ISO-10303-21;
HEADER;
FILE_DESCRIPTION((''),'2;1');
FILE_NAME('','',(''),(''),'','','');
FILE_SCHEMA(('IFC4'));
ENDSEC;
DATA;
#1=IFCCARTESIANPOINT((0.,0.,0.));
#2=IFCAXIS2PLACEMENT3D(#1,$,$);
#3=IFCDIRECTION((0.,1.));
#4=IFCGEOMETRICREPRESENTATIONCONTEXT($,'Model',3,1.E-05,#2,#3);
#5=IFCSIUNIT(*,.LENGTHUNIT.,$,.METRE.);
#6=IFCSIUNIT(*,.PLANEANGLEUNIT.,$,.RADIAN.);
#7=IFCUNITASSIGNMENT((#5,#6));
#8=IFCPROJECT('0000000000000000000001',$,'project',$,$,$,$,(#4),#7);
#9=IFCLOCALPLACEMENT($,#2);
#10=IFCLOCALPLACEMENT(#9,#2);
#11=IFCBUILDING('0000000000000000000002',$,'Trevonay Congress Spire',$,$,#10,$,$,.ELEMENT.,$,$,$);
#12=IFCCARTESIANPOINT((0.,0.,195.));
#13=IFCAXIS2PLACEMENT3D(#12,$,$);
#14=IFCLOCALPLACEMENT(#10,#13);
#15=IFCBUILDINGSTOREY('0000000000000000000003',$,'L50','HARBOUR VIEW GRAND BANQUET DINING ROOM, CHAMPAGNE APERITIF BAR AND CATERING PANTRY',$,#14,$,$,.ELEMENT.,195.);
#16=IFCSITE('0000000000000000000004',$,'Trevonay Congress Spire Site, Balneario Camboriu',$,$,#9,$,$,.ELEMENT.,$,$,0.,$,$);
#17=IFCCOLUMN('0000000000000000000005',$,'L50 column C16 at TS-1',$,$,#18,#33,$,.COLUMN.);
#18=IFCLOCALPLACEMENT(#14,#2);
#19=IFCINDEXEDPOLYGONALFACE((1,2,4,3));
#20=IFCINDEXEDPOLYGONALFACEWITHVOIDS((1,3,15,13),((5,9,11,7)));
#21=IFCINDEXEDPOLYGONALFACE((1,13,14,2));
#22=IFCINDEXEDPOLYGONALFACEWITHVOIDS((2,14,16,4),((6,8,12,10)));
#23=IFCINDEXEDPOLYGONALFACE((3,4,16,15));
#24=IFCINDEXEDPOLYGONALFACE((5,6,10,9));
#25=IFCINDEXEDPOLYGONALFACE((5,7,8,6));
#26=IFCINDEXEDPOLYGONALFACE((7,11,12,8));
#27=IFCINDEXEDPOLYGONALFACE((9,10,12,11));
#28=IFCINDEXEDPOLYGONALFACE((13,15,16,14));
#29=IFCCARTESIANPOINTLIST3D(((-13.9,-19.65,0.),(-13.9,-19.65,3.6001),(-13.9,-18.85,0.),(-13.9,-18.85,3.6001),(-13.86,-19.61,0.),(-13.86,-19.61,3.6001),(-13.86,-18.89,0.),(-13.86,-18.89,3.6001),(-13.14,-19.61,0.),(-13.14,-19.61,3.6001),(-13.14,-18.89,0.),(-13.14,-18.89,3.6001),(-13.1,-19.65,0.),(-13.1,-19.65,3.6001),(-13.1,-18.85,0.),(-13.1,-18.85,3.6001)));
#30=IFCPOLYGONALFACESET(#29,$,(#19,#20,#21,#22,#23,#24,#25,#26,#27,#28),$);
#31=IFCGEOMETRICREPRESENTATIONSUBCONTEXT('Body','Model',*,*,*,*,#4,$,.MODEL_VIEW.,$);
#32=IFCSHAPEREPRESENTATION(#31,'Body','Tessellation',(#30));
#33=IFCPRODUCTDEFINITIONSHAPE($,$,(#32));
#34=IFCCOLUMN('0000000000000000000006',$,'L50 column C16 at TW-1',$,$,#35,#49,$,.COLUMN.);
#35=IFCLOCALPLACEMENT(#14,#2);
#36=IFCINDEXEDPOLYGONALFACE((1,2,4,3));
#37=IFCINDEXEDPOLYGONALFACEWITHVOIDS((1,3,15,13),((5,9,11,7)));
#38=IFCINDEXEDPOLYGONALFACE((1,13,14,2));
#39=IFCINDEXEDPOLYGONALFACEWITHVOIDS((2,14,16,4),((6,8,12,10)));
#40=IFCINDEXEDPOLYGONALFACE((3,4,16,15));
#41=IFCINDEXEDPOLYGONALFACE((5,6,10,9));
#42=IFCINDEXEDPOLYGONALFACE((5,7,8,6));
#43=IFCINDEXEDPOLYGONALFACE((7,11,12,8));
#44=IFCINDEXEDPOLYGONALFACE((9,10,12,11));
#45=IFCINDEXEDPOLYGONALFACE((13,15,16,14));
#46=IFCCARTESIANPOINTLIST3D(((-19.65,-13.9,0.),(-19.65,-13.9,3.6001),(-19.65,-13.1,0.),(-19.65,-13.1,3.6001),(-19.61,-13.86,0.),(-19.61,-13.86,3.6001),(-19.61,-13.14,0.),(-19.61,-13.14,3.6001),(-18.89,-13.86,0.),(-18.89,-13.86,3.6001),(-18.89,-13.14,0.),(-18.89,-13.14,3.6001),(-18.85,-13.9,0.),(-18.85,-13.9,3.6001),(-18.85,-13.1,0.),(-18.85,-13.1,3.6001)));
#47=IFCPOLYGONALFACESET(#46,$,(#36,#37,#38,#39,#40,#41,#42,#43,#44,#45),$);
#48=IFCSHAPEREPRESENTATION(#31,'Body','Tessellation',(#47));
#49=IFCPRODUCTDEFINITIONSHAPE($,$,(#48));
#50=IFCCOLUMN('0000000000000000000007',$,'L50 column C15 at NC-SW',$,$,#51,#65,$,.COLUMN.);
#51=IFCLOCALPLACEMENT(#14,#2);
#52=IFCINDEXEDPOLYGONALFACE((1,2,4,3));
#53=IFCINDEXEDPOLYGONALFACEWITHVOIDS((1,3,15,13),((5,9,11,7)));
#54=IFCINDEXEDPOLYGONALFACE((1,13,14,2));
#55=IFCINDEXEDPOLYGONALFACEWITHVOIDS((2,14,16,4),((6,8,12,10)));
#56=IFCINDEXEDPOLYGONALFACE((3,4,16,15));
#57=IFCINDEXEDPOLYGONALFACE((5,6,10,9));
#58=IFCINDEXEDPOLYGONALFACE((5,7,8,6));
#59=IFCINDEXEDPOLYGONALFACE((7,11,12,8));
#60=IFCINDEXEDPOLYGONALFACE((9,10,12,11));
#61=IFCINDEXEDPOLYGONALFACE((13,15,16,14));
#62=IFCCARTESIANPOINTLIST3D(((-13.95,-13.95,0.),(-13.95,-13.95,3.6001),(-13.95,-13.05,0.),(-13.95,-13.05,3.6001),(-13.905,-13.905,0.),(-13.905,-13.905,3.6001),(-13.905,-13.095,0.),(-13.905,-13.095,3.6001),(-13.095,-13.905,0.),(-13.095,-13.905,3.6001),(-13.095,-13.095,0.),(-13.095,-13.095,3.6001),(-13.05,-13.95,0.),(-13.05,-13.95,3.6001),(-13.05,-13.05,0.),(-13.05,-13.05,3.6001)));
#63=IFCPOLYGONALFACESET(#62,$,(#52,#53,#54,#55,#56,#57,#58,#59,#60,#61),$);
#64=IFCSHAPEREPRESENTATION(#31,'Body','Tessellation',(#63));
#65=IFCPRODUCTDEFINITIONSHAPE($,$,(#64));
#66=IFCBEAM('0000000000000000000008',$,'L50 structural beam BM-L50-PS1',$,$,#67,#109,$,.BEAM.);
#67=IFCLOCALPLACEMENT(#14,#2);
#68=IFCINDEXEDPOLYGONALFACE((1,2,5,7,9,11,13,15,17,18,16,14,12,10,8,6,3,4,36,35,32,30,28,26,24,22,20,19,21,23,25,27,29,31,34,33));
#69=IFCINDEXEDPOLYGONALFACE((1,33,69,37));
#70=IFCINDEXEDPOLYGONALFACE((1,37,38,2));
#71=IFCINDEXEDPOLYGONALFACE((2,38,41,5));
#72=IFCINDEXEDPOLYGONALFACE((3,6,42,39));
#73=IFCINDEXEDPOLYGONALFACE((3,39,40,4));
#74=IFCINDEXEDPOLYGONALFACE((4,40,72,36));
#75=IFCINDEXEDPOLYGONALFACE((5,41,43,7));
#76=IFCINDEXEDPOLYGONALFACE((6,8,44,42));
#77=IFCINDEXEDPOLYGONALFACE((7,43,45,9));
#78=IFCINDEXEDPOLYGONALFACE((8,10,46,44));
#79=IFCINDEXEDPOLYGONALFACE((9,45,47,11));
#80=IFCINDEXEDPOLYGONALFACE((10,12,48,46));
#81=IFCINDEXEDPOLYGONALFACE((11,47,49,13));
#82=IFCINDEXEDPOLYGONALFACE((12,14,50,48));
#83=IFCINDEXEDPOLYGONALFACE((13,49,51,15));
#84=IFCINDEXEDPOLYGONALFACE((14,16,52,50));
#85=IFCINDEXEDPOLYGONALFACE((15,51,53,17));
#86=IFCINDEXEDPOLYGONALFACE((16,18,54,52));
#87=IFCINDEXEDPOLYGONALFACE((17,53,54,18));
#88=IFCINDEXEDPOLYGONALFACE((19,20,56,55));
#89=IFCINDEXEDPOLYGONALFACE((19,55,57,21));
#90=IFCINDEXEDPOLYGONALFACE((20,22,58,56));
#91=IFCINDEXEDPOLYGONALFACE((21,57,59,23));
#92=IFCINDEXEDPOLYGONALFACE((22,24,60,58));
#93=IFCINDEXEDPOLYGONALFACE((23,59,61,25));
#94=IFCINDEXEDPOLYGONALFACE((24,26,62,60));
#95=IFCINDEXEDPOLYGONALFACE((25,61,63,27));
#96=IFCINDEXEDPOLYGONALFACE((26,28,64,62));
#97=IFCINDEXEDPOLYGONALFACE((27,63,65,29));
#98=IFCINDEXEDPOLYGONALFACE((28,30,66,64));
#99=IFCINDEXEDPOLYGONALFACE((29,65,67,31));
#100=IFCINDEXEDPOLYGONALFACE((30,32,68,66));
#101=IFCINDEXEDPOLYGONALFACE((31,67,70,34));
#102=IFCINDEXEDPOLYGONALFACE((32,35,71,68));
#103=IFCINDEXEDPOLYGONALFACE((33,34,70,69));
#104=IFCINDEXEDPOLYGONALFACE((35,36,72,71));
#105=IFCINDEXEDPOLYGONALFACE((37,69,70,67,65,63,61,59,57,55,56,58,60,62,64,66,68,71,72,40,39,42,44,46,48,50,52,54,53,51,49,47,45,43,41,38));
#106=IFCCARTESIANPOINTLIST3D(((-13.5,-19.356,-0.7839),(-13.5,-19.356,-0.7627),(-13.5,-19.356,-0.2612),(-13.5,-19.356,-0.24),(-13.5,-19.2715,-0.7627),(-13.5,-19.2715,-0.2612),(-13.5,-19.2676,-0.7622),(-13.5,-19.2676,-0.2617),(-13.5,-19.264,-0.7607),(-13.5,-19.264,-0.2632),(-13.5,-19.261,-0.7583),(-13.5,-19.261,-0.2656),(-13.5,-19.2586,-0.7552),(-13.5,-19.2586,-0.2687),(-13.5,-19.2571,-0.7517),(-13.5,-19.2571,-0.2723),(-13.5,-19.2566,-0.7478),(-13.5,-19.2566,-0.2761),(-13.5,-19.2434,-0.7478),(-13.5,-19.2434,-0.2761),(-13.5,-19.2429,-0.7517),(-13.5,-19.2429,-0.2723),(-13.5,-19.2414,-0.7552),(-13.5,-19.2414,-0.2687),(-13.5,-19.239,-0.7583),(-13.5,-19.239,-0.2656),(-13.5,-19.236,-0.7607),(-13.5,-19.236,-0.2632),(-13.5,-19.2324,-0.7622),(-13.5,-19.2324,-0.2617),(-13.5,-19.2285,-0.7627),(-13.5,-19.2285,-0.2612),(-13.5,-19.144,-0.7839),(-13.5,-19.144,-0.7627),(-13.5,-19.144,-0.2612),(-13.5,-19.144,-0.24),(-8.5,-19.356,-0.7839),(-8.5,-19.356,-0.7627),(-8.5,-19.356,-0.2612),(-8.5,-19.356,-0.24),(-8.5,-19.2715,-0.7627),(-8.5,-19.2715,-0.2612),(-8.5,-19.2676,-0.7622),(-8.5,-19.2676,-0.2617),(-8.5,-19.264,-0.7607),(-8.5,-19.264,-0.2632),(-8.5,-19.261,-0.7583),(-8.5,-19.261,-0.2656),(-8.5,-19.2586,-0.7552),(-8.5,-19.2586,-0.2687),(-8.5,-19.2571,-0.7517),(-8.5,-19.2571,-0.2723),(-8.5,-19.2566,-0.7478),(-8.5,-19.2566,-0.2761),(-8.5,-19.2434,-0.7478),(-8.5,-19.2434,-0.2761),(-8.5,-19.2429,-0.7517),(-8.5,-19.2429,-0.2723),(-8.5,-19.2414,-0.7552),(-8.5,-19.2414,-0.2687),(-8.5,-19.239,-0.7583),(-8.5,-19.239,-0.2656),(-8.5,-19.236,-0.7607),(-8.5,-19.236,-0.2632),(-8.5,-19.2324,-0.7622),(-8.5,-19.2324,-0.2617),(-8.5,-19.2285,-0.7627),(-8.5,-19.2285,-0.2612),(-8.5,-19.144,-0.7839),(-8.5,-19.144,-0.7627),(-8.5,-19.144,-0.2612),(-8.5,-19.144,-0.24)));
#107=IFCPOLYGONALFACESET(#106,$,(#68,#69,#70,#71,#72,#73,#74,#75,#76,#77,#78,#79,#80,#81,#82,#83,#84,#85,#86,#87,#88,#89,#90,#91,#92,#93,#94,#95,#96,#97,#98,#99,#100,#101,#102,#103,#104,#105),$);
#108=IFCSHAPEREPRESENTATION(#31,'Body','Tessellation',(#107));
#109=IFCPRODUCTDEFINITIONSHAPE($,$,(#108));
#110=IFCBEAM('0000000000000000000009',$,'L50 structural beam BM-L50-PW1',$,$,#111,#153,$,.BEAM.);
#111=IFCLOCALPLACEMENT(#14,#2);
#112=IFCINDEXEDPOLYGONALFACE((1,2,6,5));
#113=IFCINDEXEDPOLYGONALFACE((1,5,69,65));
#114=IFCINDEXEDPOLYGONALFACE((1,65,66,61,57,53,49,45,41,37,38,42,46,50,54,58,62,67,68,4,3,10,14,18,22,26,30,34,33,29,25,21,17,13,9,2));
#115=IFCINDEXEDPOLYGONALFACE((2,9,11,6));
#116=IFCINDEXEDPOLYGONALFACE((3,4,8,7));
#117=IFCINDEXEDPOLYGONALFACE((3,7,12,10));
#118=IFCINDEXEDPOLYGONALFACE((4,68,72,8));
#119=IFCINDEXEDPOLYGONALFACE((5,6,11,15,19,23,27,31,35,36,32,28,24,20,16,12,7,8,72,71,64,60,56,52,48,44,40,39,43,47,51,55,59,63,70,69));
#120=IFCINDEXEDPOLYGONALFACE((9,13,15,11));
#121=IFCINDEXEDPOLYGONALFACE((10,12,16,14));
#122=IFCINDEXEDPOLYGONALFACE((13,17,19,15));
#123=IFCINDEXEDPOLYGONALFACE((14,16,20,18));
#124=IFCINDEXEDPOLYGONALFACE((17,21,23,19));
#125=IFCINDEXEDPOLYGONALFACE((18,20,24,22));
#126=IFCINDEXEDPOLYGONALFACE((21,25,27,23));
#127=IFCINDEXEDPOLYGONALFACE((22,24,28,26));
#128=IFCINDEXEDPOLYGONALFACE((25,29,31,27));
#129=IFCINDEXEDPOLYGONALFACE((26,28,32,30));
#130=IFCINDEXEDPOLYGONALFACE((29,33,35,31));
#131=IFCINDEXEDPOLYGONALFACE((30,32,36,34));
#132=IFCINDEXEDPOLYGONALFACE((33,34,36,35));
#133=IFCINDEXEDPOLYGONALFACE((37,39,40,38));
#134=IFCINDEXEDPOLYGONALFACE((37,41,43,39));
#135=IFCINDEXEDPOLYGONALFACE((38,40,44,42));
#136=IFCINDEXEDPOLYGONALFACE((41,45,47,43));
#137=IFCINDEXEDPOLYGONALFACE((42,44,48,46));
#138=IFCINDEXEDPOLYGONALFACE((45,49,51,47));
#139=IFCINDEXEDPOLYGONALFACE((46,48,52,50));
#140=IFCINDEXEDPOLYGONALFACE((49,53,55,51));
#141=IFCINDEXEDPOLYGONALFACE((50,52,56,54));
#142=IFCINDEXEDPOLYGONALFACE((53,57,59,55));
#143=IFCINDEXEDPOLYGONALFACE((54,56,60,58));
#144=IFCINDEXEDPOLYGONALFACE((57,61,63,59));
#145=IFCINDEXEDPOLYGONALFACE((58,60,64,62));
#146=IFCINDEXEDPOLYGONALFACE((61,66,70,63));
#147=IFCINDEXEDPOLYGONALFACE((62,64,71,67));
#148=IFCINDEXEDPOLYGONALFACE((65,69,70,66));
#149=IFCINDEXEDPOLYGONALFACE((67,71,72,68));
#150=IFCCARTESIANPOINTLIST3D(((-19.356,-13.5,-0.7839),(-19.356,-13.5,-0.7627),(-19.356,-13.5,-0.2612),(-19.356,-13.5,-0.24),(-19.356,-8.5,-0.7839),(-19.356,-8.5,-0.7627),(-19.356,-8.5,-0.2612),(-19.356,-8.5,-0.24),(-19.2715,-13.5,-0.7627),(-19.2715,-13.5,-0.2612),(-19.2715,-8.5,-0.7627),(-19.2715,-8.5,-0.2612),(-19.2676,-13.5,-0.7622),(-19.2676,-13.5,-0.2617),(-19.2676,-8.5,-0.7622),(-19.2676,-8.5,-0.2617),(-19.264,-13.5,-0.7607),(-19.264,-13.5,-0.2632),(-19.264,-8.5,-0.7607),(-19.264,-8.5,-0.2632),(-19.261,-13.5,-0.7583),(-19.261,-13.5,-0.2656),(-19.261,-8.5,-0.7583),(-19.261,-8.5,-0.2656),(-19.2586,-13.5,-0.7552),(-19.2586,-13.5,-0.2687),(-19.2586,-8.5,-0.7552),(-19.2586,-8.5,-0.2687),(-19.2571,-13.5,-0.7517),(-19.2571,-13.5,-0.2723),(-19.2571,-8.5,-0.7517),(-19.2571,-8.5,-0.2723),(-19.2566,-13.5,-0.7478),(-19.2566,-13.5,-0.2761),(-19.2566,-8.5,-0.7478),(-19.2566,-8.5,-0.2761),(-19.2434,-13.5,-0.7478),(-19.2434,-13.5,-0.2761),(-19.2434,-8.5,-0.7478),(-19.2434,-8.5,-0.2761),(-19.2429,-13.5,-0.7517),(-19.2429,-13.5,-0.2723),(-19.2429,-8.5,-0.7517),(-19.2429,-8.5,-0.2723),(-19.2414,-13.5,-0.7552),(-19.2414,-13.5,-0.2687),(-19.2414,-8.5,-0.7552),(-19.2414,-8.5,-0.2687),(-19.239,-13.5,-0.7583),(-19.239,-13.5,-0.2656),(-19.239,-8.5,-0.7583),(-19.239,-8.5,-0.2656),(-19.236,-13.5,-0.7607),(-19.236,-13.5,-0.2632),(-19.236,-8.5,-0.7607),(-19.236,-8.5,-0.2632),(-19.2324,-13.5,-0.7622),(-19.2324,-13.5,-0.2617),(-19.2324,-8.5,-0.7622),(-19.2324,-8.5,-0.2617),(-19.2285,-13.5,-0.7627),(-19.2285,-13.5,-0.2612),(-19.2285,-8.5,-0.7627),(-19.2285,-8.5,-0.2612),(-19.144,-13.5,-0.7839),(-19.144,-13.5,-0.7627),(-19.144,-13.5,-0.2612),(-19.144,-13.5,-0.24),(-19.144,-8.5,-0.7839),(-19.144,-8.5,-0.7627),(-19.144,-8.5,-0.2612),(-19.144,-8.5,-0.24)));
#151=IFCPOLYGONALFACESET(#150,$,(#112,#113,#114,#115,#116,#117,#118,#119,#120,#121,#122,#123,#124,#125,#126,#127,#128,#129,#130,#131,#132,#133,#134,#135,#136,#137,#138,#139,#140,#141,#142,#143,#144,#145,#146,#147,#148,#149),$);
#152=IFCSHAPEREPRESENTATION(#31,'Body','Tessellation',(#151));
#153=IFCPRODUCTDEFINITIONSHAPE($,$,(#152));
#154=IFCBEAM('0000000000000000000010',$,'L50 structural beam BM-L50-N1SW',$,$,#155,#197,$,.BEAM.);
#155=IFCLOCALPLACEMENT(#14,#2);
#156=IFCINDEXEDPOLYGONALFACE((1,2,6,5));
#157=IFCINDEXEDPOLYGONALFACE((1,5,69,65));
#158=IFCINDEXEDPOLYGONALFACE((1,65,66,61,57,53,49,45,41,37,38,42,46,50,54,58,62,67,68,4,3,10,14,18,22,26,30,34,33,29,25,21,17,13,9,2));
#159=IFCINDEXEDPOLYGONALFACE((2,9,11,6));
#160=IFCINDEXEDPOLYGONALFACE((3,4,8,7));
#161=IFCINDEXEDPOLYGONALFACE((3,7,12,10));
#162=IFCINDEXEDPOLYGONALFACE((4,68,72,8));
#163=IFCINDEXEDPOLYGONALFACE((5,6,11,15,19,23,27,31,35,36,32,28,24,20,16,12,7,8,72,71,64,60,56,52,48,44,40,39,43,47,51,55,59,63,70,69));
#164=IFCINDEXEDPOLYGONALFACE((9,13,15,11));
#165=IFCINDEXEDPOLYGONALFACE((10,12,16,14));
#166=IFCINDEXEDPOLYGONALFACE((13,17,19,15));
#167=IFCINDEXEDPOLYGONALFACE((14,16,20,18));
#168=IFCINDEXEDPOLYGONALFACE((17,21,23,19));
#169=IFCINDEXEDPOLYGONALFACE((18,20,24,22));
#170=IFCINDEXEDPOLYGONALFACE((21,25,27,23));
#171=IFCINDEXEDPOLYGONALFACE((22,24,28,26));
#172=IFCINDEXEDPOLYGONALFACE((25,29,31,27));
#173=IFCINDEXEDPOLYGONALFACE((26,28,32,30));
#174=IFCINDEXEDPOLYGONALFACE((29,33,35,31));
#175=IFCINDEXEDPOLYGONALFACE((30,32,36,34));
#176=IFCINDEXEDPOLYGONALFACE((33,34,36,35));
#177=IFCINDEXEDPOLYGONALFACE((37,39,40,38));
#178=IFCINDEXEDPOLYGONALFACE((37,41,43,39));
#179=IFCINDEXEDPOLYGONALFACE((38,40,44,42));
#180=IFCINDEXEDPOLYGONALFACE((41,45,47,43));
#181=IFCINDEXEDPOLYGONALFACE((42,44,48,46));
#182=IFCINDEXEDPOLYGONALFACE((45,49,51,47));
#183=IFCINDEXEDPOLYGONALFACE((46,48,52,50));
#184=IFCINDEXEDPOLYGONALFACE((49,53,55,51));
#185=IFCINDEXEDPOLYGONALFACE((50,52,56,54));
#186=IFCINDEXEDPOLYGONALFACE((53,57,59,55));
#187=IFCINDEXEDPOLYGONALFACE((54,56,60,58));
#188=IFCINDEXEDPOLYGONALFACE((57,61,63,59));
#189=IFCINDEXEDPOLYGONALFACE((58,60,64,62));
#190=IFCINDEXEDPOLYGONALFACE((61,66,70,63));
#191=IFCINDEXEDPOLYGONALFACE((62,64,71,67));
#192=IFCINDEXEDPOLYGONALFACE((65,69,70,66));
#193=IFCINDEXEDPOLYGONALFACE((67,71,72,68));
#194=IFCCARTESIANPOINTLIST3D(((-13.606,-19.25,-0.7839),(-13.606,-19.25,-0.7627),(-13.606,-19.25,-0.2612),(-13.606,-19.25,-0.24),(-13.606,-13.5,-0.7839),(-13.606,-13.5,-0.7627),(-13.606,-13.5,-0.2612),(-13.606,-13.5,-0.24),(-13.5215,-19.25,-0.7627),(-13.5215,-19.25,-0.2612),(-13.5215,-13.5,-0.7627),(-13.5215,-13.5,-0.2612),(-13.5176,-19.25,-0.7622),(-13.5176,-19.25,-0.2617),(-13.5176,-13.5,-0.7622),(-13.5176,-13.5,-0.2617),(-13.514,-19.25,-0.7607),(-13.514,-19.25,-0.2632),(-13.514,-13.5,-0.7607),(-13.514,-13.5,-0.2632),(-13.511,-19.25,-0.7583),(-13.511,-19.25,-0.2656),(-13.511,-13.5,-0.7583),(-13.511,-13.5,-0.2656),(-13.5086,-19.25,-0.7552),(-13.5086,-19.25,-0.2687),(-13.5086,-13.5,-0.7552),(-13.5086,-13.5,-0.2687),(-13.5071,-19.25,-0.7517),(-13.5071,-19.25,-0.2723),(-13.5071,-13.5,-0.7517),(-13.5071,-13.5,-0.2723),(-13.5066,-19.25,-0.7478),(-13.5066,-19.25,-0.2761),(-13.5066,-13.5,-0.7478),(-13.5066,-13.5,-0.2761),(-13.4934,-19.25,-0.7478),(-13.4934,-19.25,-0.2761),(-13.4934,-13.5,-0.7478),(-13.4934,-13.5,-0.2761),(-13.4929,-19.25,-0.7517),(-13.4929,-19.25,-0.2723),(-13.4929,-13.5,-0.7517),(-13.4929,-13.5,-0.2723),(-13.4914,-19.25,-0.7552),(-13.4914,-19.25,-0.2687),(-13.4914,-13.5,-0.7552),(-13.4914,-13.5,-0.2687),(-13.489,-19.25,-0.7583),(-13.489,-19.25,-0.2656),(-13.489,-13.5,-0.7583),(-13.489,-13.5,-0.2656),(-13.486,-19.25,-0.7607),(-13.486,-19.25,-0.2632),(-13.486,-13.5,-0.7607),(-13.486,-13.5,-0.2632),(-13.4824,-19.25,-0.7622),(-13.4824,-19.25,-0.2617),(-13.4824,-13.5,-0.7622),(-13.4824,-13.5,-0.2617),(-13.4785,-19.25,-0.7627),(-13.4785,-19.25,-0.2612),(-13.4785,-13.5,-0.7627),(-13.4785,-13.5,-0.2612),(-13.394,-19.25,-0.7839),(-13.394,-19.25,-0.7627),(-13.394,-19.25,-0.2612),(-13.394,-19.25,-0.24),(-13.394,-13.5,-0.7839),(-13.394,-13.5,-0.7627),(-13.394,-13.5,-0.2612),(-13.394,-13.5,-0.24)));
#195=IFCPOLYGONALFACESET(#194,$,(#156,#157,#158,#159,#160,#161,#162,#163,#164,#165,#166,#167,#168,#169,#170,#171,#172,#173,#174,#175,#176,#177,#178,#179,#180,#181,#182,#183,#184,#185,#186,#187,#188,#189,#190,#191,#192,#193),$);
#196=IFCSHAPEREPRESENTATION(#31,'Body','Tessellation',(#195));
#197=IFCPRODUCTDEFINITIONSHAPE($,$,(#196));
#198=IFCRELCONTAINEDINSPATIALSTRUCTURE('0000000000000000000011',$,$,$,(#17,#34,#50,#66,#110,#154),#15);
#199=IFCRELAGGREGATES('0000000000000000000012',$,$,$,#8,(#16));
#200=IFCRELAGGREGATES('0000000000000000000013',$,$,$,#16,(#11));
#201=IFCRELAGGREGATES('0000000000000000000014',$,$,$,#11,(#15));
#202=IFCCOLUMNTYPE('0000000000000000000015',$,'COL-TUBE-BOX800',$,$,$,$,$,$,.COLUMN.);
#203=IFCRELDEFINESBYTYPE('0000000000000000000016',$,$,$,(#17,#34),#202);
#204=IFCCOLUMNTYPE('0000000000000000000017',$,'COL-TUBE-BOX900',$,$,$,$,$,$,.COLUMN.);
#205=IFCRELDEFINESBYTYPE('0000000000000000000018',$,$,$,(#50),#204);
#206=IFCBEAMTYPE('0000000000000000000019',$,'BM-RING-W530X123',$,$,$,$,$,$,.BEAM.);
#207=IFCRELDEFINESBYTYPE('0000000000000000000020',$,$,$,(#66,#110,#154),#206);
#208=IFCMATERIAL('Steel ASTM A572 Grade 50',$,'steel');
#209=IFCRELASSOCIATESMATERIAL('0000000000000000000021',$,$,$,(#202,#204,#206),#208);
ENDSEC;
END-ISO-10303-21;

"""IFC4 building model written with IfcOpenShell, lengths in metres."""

from ifc_helpers import new_model, si_unit, direction, frame, origin, origin_2d, place, context, subcontext, project, spatial, hollow_rectangle, i_section, extrude, material, material_profile, profile_set, type_object, element, save


model = new_model("IFC4")

# Units and contexts
model_context = context("Model", 3, precision=1e-05, world=origin(), true_north=direction((0.0, 1.0)))
body_context = subcontext(model_context, "Body", "Model", "MODEL_VIEW")
ifc_project = project(units=[si_unit("LENGTHUNIT", "METRE"), si_unit("PLANEANGLEUNIT", "RADIAN")], contexts=[model_context])

# Site, building, storey
site_placement = place(None, origin())
site = spatial("IfcSite", under=ifc_project, at=site_placement, Name="Trevonay Congress Spire Site, Balneario Camboriu", CompositionType="ELEMENT", RefElevation=0.0)
building_placement = place(site_placement, origin())
building = spatial("IfcBuilding", under=site, at=building_placement, Name="Trevonay Congress Spire", CompositionType="ELEMENT")
storey_placement = place(building_placement, frame((0.0, 0.0, 195.0)))
storey = spatial("IfcBuildingStorey", under=building, at=storey_placement, Name="L50", Description="HARBOUR VIEW GRAND BANQUET DINING ROOM, CHAMPAGNE APERITIF BAR AND CATERING PANTRY", CompositionType="ELEMENT", Elevation=195.0)

# Columns
ifc_material_1 = material(Name="Steel ASTM A572 Grade 50", Category="steel")
ifc_material_profile_1 = material_profile(ifc_material_1, hollow_rectangle(XDim=0.8, YDim=0.8, WallThickness=0.04, at=origin_2d()), Name="BOX 800x800x40")
ifc_profile_set_1 = profile_set([ifc_material_profile_1], Name="Steel ASTM A572 Grade 50")
column_type_1 = type_object("IfcColumnType", Name="COL-TUBE-BOX800", PredefinedType="COLUMN", material=ifc_profile_set_1)
for number, where, z_axis, x_axis, name in (
    (1, (-13.5, -19.25, 0.0), (0.0, 0.0, 1.0), (1.0, 0.0, 0.0), "L50 column C16 at TS-1"),
    (2, (-19.25, -13.5, 0.0), (0.0, 0.0, 1.0), (1.0, 0.0, 0.0), "L50 column C16 at TW-1"),
):
    element("IfcColumn", number, at=place(storey_placement, frame(where, z_axis=z_axis, x_axis=x_axis)), inside=storey, type_object=column_type_1, Name=name, PredefinedType="COLUMN", context=body_context, shape_type="SweptSolid", body=[
        extrude(hollow_rectangle(XDim=0.8, YDim=0.8, WallThickness=0.04, at=origin_2d()), origin(), (0.0, 0.0, 1.0), 3.6001),
    ])
ifc_material_profile_2 = material_profile(ifc_material_1, hollow_rectangle(XDim=0.8999, YDim=0.8999, WallThickness=0.0449, at=origin_2d()), Name="BOX 900x900x45")
ifc_profile_set_2 = profile_set([ifc_material_profile_2], Name="Steel ASTM A572 Grade 50")
column_type_2 = type_object("IfcColumnType", Name="COL-TUBE-BOX900", PredefinedType="COLUMN", material=ifc_profile_set_2)
column_placement = place(storey_placement, frame((-13.5, -13.5, 0.0), z_axis=(0.0, 0.0, 1.0), x_axis=(1.0, 0.0, 0.0)))
element("IfcColumn", 3, at=column_placement, inside=storey, type_object=column_type_2, Name="L50 column C15 at NC-SW", PredefinedType="COLUMN", context=body_context, shape_type="SweptSolid", body=[
    extrude(hollow_rectangle(XDim=0.8999, YDim=0.8999, WallThickness=0.0449, at=origin_2d()), origin(), (0.0, 0.0, 1.0), 3.6001),
])

# Beams
ifc_material_profile_3 = material_profile(ifc_material_1, i_section(OverallWidth=0.2119, OverallDepth=0.5439, WebThickness=0.0132, FlangeThickness=0.0212, FilletRadius=0.0149, at=origin_2d()), Name="W530x123")
ifc_profile_set_3 = profile_set([ifc_material_profile_3], Name="Steel ASTM A572 Grade 50")
beam_type_1 = type_object("IfcBeamType", Name="BM-RING-W530X123", PredefinedType="BEAM", material=ifc_profile_set_3)
for number, where, z_axis, x_axis, name in (
    (4, (-13.5, -19.25, -0.512), (1.0, 0.0, 0.0), (0.0, 1.0, 0.0), "L50 structural beam BM-L50-PS1"),
    (5, (-19.25, -13.5, -0.512), (0.0, 1.0, 0.0), (-1.0, 0.0, 0.0), "L50 structural beam BM-L50-PW1"),
):
    element("IfcBeam", number, at=place(storey_placement, frame(where, z_axis=z_axis, x_axis=x_axis)), inside=storey, type_object=beam_type_1, Name=name, PredefinedType="BEAM", context=body_context, shape_type="SweptSolid", body=[
        extrude(i_section(OverallWidth=0.2119, OverallDepth=0.5439, WebThickness=0.0132, FlangeThickness=0.0212, FilletRadius=0.0149, at=origin_2d()), origin(), (0.0, 0.0, 1.0), 5.0),
    ])
for number, where, z_axis, x_axis, name in (
    (6, (-13.5, -19.25, -0.512), (0.0, 1.0, 0.0), (-1.0, 0.0, 0.0), "L50 structural beam BM-L50-N1SW"),
):
    element("IfcBeam", number, at=place(storey_placement, frame(where, z_axis=z_axis, x_axis=x_axis)), inside=storey, type_object=beam_type_1, Name=name, PredefinedType="BEAM", context=body_context, shape_type="SweptSolid", body=[
        extrude(i_section(OverallWidth=0.2119, OverallDepth=0.5439, WebThickness=0.0132, FlangeThickness=0.0212, FilletRadius=0.0149, at=origin_2d()), origin(), (0.0, 0.0, 1.0), 5.75),
    ])

save(model, "model.ifc")
